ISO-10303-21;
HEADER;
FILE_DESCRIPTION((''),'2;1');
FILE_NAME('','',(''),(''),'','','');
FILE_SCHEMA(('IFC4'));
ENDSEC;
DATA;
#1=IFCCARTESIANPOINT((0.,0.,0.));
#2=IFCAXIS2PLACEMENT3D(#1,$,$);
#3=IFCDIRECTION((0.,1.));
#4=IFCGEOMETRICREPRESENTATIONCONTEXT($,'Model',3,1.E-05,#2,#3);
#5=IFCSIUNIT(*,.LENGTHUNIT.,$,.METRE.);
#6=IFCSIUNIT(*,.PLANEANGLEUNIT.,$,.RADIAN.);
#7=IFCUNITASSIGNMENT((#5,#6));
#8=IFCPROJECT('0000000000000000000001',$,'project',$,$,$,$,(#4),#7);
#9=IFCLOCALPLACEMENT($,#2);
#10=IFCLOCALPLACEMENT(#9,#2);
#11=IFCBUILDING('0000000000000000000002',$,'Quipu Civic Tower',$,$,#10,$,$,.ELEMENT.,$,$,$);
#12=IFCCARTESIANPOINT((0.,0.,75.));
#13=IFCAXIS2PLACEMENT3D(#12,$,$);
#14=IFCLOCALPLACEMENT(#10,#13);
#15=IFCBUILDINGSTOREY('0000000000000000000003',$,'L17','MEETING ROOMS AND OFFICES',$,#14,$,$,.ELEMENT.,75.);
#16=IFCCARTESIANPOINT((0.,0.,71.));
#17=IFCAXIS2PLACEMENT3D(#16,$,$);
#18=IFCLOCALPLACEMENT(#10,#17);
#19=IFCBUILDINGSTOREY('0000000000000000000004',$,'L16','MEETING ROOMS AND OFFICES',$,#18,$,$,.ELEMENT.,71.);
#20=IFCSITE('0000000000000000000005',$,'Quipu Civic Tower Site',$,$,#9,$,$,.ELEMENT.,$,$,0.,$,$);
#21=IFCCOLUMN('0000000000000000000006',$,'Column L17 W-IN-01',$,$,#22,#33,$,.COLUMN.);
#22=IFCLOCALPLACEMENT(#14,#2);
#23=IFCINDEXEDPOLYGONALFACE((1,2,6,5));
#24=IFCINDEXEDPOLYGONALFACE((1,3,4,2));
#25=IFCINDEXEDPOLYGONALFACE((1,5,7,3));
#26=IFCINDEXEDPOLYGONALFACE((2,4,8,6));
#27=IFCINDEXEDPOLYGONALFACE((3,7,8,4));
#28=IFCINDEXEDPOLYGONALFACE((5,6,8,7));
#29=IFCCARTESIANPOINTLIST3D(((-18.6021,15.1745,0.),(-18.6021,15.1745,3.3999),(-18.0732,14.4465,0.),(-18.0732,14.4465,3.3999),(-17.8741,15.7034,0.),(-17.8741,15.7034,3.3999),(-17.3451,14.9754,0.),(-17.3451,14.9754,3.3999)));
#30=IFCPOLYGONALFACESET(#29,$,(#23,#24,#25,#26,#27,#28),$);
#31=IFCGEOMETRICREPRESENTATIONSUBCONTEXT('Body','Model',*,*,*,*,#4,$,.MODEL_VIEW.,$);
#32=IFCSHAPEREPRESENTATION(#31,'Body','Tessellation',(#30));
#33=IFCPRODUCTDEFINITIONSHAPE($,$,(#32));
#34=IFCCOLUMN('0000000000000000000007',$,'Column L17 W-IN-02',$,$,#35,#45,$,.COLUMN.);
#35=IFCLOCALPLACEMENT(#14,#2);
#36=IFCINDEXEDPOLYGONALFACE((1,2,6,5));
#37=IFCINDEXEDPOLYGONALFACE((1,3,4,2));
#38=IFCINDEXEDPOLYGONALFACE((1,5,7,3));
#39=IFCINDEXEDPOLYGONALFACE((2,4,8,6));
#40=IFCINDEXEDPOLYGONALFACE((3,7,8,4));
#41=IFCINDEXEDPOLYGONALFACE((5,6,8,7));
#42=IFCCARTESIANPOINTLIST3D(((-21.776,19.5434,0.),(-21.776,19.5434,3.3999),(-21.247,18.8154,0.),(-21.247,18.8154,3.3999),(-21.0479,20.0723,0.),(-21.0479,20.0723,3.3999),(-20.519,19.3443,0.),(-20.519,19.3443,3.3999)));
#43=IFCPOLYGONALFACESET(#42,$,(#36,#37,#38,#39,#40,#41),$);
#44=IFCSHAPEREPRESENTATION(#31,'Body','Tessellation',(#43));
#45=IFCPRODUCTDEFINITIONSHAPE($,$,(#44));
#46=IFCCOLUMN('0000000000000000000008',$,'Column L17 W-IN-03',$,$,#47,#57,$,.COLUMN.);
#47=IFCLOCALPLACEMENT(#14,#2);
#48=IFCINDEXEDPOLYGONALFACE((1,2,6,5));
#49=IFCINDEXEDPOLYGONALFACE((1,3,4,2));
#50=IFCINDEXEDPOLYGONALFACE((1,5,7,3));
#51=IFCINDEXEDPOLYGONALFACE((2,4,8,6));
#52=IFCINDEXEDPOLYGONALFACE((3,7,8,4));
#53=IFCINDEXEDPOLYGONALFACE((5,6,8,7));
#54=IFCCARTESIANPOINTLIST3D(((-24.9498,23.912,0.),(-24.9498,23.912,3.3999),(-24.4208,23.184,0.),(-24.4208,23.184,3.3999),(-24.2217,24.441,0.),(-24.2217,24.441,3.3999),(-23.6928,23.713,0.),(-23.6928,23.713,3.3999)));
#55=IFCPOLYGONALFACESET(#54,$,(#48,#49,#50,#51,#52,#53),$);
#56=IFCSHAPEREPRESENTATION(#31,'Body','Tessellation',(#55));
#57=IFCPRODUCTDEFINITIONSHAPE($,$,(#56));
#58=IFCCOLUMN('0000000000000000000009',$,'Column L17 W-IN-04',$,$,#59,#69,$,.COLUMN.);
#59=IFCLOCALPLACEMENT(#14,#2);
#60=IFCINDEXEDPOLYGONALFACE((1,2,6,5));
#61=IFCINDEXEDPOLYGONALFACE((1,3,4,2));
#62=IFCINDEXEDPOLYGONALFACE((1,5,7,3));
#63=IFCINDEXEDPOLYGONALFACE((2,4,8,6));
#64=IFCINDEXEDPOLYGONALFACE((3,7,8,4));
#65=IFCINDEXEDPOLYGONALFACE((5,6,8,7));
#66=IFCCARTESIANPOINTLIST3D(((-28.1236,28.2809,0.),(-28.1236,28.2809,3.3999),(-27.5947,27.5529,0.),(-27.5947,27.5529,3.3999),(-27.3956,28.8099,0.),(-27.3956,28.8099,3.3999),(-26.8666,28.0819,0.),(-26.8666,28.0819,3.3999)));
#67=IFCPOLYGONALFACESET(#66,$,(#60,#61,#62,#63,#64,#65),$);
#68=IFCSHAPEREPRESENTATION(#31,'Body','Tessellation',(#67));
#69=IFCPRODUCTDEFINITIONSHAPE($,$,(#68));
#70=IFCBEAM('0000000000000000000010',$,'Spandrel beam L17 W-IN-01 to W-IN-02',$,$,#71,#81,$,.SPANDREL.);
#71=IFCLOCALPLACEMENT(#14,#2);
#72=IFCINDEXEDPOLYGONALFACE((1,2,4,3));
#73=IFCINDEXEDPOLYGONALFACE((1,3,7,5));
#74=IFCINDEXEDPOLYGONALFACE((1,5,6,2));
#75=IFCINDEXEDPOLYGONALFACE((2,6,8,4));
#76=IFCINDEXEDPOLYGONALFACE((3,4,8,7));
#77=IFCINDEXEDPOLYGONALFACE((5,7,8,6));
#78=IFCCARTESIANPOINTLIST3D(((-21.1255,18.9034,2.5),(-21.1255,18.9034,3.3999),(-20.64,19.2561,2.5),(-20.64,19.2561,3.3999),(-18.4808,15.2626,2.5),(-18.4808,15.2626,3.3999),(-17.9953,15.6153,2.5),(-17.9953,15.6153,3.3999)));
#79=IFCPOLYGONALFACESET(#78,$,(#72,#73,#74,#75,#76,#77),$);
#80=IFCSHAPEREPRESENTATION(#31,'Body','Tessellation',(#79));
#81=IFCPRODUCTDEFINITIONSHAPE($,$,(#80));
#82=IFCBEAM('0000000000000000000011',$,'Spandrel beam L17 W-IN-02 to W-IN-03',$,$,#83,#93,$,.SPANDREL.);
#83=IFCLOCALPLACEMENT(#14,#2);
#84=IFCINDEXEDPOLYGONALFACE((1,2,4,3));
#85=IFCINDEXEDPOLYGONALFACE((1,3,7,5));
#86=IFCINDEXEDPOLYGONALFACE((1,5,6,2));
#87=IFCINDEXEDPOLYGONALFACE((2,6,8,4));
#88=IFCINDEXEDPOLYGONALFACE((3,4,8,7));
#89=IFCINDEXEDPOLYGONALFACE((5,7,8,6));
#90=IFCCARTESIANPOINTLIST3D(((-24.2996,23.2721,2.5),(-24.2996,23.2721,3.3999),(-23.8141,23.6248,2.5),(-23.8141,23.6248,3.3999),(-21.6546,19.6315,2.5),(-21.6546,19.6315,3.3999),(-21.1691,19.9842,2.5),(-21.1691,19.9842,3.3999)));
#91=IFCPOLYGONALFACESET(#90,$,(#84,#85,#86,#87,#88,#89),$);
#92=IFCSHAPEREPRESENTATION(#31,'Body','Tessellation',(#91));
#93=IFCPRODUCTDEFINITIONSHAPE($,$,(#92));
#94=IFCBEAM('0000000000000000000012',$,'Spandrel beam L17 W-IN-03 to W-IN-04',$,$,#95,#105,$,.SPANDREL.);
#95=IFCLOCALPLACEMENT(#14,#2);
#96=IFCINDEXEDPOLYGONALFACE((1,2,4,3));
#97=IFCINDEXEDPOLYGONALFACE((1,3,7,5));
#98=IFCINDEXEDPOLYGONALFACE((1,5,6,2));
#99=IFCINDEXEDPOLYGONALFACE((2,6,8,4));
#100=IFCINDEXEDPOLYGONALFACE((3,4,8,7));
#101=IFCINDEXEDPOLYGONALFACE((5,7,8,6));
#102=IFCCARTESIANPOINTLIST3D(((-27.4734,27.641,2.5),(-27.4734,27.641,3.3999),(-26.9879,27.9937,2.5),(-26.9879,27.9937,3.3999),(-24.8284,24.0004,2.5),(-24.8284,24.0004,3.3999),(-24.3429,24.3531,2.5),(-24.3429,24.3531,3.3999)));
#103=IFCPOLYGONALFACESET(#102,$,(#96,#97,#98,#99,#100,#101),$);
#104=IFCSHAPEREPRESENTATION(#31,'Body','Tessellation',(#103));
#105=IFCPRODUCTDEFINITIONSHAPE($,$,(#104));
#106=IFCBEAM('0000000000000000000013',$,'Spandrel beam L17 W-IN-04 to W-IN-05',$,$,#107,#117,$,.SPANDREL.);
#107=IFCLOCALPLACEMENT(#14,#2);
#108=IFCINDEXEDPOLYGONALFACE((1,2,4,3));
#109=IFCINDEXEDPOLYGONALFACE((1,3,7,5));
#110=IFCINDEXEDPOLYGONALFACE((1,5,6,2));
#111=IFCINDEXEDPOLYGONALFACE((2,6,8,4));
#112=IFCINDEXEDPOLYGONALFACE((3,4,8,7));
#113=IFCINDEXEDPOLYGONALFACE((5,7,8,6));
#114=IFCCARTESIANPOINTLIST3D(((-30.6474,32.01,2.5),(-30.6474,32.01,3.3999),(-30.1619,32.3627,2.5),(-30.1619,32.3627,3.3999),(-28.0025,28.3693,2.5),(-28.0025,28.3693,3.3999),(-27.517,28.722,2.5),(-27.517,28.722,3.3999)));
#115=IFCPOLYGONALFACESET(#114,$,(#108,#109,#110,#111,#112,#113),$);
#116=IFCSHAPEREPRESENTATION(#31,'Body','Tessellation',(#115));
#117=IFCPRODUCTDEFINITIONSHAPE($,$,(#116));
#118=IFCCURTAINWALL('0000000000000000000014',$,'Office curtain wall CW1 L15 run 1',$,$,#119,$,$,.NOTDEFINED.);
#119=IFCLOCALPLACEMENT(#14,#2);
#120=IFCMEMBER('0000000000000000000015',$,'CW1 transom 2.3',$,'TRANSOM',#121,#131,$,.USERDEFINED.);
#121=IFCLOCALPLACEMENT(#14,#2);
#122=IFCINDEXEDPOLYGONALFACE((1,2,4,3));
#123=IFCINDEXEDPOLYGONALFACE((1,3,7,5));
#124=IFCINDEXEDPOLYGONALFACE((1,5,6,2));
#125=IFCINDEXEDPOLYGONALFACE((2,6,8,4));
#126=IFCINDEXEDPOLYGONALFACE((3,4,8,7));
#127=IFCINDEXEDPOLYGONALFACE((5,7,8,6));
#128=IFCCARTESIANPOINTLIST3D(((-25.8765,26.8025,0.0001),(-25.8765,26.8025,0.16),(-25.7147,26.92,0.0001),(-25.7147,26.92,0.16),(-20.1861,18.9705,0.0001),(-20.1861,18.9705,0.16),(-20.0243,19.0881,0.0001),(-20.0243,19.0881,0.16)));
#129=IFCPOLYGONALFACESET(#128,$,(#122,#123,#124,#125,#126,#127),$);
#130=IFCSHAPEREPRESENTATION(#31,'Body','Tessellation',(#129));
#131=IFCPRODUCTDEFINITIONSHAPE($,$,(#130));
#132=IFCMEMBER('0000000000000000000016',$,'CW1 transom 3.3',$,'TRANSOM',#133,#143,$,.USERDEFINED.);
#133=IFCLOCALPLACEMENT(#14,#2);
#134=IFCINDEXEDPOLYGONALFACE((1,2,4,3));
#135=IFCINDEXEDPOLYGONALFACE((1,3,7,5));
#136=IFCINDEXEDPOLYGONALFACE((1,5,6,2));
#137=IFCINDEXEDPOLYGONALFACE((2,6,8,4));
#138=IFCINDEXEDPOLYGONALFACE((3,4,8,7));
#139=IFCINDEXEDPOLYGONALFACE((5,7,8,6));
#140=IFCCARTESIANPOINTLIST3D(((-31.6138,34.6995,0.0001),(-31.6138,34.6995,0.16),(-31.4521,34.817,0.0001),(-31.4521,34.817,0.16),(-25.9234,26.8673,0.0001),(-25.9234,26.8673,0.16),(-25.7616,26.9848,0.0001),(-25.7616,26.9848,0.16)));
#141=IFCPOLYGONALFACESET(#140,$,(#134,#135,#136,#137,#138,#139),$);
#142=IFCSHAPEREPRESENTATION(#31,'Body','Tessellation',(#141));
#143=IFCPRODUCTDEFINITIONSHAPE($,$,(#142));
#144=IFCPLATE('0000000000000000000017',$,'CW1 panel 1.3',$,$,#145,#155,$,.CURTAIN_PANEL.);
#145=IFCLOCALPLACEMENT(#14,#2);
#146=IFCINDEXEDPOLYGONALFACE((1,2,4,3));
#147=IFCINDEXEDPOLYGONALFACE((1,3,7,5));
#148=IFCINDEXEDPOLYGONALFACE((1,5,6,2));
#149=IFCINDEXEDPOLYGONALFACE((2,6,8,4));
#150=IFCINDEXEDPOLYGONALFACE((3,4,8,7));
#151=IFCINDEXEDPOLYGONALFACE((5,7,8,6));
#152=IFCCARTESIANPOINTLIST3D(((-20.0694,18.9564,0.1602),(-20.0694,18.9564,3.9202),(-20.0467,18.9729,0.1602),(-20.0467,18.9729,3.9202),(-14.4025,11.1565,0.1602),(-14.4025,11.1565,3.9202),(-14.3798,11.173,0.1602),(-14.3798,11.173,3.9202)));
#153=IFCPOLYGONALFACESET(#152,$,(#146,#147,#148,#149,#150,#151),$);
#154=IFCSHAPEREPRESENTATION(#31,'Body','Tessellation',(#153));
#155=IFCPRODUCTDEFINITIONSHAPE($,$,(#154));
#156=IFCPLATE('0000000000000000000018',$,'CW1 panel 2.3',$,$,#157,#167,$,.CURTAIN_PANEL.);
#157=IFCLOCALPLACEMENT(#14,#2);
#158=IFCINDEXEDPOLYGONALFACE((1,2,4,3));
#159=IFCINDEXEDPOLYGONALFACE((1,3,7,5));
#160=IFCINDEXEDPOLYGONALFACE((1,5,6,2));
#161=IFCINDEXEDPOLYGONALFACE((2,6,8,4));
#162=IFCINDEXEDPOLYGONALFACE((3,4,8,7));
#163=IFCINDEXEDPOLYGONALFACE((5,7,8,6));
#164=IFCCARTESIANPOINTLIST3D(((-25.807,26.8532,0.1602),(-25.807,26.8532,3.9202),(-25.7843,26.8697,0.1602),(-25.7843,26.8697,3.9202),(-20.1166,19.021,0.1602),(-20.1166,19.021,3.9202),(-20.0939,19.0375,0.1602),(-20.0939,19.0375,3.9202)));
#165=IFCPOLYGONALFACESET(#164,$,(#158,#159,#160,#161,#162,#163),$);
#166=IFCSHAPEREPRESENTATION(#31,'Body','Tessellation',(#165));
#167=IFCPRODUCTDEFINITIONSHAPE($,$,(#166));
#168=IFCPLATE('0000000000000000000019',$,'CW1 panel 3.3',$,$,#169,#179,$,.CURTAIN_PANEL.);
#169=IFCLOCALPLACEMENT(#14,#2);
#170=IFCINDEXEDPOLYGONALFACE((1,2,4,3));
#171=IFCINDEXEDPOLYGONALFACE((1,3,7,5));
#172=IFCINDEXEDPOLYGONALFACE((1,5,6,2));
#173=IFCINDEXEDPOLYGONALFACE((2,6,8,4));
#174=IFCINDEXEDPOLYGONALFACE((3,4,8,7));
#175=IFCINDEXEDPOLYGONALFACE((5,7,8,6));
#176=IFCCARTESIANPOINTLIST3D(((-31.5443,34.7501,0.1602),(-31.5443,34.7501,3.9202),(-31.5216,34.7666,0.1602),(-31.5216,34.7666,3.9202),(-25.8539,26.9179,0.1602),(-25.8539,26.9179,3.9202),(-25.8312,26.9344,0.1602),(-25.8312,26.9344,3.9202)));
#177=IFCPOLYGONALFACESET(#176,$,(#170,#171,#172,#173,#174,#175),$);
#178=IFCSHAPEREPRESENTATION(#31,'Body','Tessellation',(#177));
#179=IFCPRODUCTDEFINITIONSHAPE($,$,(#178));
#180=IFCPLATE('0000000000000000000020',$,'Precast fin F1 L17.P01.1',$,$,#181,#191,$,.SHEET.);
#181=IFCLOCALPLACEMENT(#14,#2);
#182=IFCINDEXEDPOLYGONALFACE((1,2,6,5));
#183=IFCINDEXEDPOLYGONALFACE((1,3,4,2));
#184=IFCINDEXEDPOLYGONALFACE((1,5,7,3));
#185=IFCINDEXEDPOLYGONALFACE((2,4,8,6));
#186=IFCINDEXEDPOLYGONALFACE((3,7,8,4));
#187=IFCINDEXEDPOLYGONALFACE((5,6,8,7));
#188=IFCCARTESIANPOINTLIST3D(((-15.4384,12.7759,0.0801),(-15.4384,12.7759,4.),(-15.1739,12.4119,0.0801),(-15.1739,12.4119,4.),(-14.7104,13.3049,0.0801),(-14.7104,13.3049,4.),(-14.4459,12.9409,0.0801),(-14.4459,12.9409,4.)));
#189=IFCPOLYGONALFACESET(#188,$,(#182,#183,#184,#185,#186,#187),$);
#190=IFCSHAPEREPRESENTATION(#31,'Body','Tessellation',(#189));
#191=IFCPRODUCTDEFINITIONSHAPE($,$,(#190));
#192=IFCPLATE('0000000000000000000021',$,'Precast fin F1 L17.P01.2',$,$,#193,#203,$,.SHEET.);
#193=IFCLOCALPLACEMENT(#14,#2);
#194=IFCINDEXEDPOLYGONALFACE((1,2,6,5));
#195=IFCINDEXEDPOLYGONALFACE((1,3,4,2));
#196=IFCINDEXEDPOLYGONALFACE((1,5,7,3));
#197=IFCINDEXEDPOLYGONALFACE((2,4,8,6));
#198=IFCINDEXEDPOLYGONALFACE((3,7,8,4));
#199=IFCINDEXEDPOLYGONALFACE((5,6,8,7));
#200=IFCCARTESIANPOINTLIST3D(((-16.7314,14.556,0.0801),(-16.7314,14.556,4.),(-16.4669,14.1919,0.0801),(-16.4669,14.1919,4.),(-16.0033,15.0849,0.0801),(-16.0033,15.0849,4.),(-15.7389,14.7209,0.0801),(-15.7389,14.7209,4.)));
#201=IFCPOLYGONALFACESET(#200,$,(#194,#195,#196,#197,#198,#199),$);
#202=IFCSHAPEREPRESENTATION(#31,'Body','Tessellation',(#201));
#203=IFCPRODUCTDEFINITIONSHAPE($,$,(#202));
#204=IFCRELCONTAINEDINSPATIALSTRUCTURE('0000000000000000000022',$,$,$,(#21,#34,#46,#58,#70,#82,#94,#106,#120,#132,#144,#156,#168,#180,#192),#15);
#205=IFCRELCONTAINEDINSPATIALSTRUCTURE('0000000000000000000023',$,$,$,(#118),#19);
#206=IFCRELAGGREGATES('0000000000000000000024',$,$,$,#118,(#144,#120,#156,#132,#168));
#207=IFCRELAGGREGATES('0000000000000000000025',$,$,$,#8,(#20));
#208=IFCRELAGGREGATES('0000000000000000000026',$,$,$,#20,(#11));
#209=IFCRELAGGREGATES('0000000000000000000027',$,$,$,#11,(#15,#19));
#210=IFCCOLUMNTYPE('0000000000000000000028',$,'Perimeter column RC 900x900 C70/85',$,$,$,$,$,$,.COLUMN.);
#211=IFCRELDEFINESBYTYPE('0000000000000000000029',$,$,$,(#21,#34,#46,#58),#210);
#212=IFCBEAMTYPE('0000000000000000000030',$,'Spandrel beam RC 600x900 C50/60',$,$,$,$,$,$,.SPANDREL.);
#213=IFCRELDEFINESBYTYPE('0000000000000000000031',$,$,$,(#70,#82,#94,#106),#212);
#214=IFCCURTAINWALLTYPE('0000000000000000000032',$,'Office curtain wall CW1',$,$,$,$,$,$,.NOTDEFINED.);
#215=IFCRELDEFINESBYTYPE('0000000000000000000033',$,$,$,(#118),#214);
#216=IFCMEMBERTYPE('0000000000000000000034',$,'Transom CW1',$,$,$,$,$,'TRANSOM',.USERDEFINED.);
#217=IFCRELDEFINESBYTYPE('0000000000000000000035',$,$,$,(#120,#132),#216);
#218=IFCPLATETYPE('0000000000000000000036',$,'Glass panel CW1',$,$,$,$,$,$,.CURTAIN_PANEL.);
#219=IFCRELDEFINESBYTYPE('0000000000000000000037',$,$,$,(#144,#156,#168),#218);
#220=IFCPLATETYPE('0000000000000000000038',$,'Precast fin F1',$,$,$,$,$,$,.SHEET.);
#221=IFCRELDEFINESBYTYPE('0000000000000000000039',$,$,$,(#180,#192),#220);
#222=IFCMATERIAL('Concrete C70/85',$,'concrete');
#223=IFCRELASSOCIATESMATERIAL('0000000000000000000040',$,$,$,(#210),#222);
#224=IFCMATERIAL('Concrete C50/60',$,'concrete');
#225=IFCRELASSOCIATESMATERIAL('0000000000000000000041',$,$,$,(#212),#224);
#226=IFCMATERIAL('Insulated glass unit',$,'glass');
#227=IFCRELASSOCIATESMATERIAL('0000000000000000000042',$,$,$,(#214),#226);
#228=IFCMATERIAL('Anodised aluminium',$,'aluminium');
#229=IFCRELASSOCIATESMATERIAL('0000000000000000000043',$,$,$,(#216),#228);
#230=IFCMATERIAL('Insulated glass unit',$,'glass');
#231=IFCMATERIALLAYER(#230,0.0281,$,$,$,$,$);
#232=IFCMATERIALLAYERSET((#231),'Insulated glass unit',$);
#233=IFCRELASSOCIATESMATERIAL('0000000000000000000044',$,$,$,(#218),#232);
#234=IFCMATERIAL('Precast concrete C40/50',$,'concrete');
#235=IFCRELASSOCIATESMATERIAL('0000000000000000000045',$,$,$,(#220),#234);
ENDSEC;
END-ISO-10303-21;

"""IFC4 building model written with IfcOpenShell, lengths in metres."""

from ifc_helpers import new_model, si_unit, direction, frame, origin, origin_2d, place, context, subcontext, project, spatial, rectangle, extrude, material, layer, layer_set, material_profile, profile_set, type_object, element, aggregate, save


model = new_model("IFC4")

# Units and contexts
model_context = context("Model", 3, precision=1e-05, world=origin(), true_north=direction((0.0, 1.0)))
body_context = subcontext(model_context, "Body", "Model", "MODEL_VIEW")
ifc_project = project(units=[si_unit("LENGTHUNIT", "METRE"), si_unit("PLANEANGLEUNIT", "RADIAN")], contexts=[model_context])

# Site, building, storey
site_placement = place(None, origin())
site = spatial("IfcSite", under=ifc_project, at=site_placement, Name="Quipu Civic Tower Site", CompositionType="ELEMENT", RefElevation=0.0)
building_placement = place(site_placement, origin())
building = spatial("IfcBuilding", under=site, at=building_placement, Name="Quipu Civic Tower", CompositionType="ELEMENT")
storey_1_placement = place(building_placement, frame((0.0, 0.0, 75.0)))
storey_1 = spatial("IfcBuildingStorey", under=building, at=storey_1_placement, Name="L17", Description="MEETING ROOMS AND OFFICES", CompositionType="ELEMENT", Elevation=75.0)

# Columns
ifc_material_1 = material(Name="Concrete C70/85", Category="concrete")
ifc_material_profile_1 = material_profile(ifc_material_1, rectangle(XDim=0.8999, YDim=0.8999, at=origin_2d()), Name="RC900x900")
ifc_profile_set_1 = profile_set([ifc_material_profile_1], Name="Concrete C70/85")
column_type = type_object("IfcColumnType", Name="Perimeter column RC 900x900 C70/85", PredefinedType="COLUMN", material=ifc_profile_set_1)
for number, where, z_axis, x_axis, name in (
    (1, (-17.9736, 15.075, 0.0), (0.0, 0.0, 1.0), (-0.587785, 0.809017, 0.0), "Column L17 W-IN-01"),
    (2, (-21.1475, 19.4438, 0.0), (0.0, 0.0, 1.0), (-0.587785, 0.809017, 0.0), "Column L17 W-IN-02"),
    (3, (-24.3213, 23.8125, 0.0), (0.0, 0.0, 1.0), (-0.587785, 0.809017, 0.0), "Column L17 W-IN-03"),
    (4, (-27.4951, 28.1814, 0.0), (0.0, 0.0, 1.0), (-0.587785, 0.809017, 0.0), "Column L17 W-IN-04"),
):
    element("IfcColumn", number, at=place(storey_1_placement, frame(where, z_axis=z_axis, x_axis=x_axis)), inside=storey_1, type_object=column_type, Name=name, PredefinedType="COLUMN", context=body_context, shape_type="SweptSolid", body=[
        extrude(rectangle(XDim=0.8999, YDim=0.8999, at=origin_2d()), origin(), (0.0, 0.0, 1.0), 3.3999),
    ])

# Beams
ifc_material_2 = material(Name="Concrete C50/60", Category="concrete")
ifc_material_profile_2 = material_profile(ifc_material_2, rectangle(XDim=0.6001, YDim=0.8999, at=origin_2d()), Name="RC600x900")
ifc_profile_set_2 = profile_set([ifc_material_profile_2], Name="Concrete C50/60")
beam_type = type_object("IfcBeamType", Name="Spandrel beam RC 600x900 C50/60", PredefinedType="SPANDREL", material=ifc_profile_set_2)
for number, where, z_axis, x_axis, name in (
    (5, (-18.238, 15.439, 2.95), (-0.587717, 0.809067, 0.0), (-0.809067, -0.587717, 0.0), "Spandrel beam L17 W-IN-01 to W-IN-02"),
    (6, (-21.4119, 19.8079, 2.95), (-0.587778, 0.809022, 0.0), (-0.809022, -0.587778, 0.0), "Spandrel beam L17 W-IN-02 to W-IN-03"),
    (7, (-24.5857, 24.1768, 2.95), (-0.587778, 0.809022, 0.0), (-0.809022, -0.587778, 0.0), "Spandrel beam L17 W-IN-03 to W-IN-04"),
    (8, (-27.7598, 28.5457, 2.95), (-0.587743, 0.809048, 0.0), (-0.809048, -0.587743, 0.0), "Spandrel beam L17 W-IN-04 to W-IN-05"),
):
    element("IfcBeam", number, at=place(storey_1_placement, frame(where, z_axis=z_axis, x_axis=x_axis)), inside=storey_1, type_object=beam_type, Name=name, PredefinedType="SPANDREL", context=body_context, shape_type="SweptSolid", body=[
        extrude(rectangle(XDim=0.6001, YDim=0.8999, at=origin_2d()), origin(), (0.0, 0.0, 1.0), 4.5),
    ])

# Shared definitions
storey_2_placement = place(building_placement, frame((0.0, 0.0, 71.0)))
storey_2 = spatial("IfcBuildingStorey", under=building, at=storey_2_placement, Name="L16", Description="MEETING ROOMS AND OFFICES", CompositionType="ELEMENT", Elevation=71.0)

# Curtain wall, members, plates
ifc_material_3 = material(Name="Insulated glass unit", Category="glass")
curtain_wall_type = type_object("IfcCurtainWallType", Name="Office curtain wall CW1", PredefinedType="NOTDEFINED", material=ifc_material_3)
curtain_wall_placement = place(storey_2_placement, origin())
curtain_wall = element("IfcCurtainWall", 9, at=curtain_wall_placement, inside=storey_2, type_object=curtain_wall_type, Name="Office curtain wall CW1 L15 run 1", PredefinedType="NOTDEFINED")
ifc_material_4 = material(Name="Anodised aluminium", Category="aluminium")
ifc_material_profile_3 = material_profile(ifc_material_4, rectangle(XDim=0.2, YDim=0.1599, at=origin_2d()), Name="RECT 200x160")
ifc_profile_set_3 = profile_set([ifc_material_profile_3], Name="Anodised aluminium")
member_type = type_object("IfcMemberType", Name="Transom CW1", ElementType="TRANSOM", PredefinedType="USERDEFINED", material=ifc_profile_set_3)
member_1_placement = place(storey_1_placement, frame((-20.1052, 19.0293, 0.0801), z_axis=(-0.587794, 0.809011, 0.0), x_axis=(-0.809011, -0.587794, 0.0)))
member_1 = element("IfcMember", 10, at=member_1_placement, inside=storey_1, type_object=member_type, Name="CW1 transom 2.3", ObjectType="TRANSOM", PredefinedType="USERDEFINED", context=body_context, shape_type="SweptSolid", body=[
    extrude(rectangle(XDim=0.2, YDim=0.1599, at=origin_2d()), origin(), (0.0, 0.0, 1.0), 9.6809),
])
member_2_placement = place(storey_1_placement, frame((-25.8425, 26.926, 0.0801), z_axis=(-0.587782, 0.80902, 0.0), x_axis=(-0.80902, -0.587782, 0.0)))
member_2 = element("IfcMember", 11, at=member_2_placement, inside=storey_1, type_object=member_type, Name="CW1 transom 3.3", ObjectType="TRANSOM", PredefinedType="USERDEFINED", context=body_context, shape_type="SweptSolid", body=[
    extrude(rectangle(XDim=0.2, YDim=0.1599, at=origin_2d()), origin(), (0.0, 0.0, 1.0), 9.6812),
])
ifc_material_5 = material(Name="Insulated glass unit", Category="glass")
ifc_layer_1 = layer(ifc_material_5, 0.0281)
ifc_layer_set_1 = layer_set([ifc_layer_1], Name="Insulated glass unit")
plate_type_1 = type_object("IfcPlateType", Name="Glass panel CW1", PredefinedType="CURTAIN_PANEL", material=ifc_layer_set_1)
plate_1_placement = place(storey_1_placement, frame((-17.2246, 15.0647, 0.1602), z_axis=(0.0, 0.0, 1.0), x_axis=(-0.587786, 0.809017, 0.0)))
plate_1 = element("IfcPlate", 12, at=plate_1_placement, inside=storey_1, type_object=plate_type_1, Name="CW1 panel 1.3", PredefinedType="CURTAIN_PANEL", context=body_context, shape_type="SweptSolid", body=[
    extrude(rectangle(XDim=9.6411, YDim=0.0281, at=origin_2d()), origin(), (0.0, 0.0, 1.0), 3.76),
])
plate_2_placement = place(storey_1_placement, frame((-22.9504, 22.9453, 0.1602), z_axis=(0.0, 0.0, 1.0), x_axis=(-0.587786, 0.809017, 0.0)))
plate_2 = element("IfcPlate", 13, at=plate_2_placement, inside=storey_1, type_object=plate_type_1, Name="CW1 panel 2.3", PredefinedType="CURTAIN_PANEL", context=body_context, shape_type="SweptSolid", body=[
    extrude(rectangle(XDim=9.6812, YDim=0.0281, at=origin_2d()), origin(), (0.0, 0.0, 1.0), 3.76),
])
plate_3_placement = place(storey_1_placement, frame((-28.6877, 30.8423, 0.1602), z_axis=(0.0, 0.0, 1.0), x_axis=(-0.587786, 0.809017, 0.0)))
plate_3 = element("IfcPlate", 14, at=plate_3_placement, inside=storey_1, type_object=plate_type_1, Name="CW1 panel 3.3", PredefinedType="CURTAIN_PANEL", context=body_context, shape_type="SweptSolid", body=[
    extrude(rectangle(XDim=9.6812, YDim=0.0281, at=origin_2d()), origin(), (0.0, 0.0, 1.0), 3.76),
])
aggregate(curtain_wall, [plate_1, member_1, plate_2, member_2, plate_3])

# Plates
ifc_material_6 = material(Name="Precast concrete C40/50", Category="concrete")
plate_type_2 = type_object("IfcPlateType", Name="Precast fin F1", PredefinedType="SHEET", material=ifc_material_6)
for number, where, z_axis, x_axis, name in (
    (15, (-14.9421, 12.8584, 0.0801), (0.0, 0.0, 1.0), (-0.587785, 0.809017, 0.0), "Precast fin F1 L17.P01.1"),
    (16, (-16.2351, 14.6384, 0.0801), (0.0, 0.0, 1.0), (-0.587785, 0.809017, 0.0), "Precast fin F1 L17.P01.2"),
):
    element("IfcPlate", number, at=place(storey_1_placement, frame(where, z_axis=z_axis, x_axis=x_axis)), inside=storey_1, type_object=plate_type_2, Name=name, PredefinedType="SHEET", context=body_context, shape_type="SweptSolid", body=[
        extrude(rectangle(XDim=0.45, YDim=0.8999, at=origin_2d()), origin(), (0.0, 0.0, 1.0), 3.9199),
    ])

save(model, "model.ifc")
